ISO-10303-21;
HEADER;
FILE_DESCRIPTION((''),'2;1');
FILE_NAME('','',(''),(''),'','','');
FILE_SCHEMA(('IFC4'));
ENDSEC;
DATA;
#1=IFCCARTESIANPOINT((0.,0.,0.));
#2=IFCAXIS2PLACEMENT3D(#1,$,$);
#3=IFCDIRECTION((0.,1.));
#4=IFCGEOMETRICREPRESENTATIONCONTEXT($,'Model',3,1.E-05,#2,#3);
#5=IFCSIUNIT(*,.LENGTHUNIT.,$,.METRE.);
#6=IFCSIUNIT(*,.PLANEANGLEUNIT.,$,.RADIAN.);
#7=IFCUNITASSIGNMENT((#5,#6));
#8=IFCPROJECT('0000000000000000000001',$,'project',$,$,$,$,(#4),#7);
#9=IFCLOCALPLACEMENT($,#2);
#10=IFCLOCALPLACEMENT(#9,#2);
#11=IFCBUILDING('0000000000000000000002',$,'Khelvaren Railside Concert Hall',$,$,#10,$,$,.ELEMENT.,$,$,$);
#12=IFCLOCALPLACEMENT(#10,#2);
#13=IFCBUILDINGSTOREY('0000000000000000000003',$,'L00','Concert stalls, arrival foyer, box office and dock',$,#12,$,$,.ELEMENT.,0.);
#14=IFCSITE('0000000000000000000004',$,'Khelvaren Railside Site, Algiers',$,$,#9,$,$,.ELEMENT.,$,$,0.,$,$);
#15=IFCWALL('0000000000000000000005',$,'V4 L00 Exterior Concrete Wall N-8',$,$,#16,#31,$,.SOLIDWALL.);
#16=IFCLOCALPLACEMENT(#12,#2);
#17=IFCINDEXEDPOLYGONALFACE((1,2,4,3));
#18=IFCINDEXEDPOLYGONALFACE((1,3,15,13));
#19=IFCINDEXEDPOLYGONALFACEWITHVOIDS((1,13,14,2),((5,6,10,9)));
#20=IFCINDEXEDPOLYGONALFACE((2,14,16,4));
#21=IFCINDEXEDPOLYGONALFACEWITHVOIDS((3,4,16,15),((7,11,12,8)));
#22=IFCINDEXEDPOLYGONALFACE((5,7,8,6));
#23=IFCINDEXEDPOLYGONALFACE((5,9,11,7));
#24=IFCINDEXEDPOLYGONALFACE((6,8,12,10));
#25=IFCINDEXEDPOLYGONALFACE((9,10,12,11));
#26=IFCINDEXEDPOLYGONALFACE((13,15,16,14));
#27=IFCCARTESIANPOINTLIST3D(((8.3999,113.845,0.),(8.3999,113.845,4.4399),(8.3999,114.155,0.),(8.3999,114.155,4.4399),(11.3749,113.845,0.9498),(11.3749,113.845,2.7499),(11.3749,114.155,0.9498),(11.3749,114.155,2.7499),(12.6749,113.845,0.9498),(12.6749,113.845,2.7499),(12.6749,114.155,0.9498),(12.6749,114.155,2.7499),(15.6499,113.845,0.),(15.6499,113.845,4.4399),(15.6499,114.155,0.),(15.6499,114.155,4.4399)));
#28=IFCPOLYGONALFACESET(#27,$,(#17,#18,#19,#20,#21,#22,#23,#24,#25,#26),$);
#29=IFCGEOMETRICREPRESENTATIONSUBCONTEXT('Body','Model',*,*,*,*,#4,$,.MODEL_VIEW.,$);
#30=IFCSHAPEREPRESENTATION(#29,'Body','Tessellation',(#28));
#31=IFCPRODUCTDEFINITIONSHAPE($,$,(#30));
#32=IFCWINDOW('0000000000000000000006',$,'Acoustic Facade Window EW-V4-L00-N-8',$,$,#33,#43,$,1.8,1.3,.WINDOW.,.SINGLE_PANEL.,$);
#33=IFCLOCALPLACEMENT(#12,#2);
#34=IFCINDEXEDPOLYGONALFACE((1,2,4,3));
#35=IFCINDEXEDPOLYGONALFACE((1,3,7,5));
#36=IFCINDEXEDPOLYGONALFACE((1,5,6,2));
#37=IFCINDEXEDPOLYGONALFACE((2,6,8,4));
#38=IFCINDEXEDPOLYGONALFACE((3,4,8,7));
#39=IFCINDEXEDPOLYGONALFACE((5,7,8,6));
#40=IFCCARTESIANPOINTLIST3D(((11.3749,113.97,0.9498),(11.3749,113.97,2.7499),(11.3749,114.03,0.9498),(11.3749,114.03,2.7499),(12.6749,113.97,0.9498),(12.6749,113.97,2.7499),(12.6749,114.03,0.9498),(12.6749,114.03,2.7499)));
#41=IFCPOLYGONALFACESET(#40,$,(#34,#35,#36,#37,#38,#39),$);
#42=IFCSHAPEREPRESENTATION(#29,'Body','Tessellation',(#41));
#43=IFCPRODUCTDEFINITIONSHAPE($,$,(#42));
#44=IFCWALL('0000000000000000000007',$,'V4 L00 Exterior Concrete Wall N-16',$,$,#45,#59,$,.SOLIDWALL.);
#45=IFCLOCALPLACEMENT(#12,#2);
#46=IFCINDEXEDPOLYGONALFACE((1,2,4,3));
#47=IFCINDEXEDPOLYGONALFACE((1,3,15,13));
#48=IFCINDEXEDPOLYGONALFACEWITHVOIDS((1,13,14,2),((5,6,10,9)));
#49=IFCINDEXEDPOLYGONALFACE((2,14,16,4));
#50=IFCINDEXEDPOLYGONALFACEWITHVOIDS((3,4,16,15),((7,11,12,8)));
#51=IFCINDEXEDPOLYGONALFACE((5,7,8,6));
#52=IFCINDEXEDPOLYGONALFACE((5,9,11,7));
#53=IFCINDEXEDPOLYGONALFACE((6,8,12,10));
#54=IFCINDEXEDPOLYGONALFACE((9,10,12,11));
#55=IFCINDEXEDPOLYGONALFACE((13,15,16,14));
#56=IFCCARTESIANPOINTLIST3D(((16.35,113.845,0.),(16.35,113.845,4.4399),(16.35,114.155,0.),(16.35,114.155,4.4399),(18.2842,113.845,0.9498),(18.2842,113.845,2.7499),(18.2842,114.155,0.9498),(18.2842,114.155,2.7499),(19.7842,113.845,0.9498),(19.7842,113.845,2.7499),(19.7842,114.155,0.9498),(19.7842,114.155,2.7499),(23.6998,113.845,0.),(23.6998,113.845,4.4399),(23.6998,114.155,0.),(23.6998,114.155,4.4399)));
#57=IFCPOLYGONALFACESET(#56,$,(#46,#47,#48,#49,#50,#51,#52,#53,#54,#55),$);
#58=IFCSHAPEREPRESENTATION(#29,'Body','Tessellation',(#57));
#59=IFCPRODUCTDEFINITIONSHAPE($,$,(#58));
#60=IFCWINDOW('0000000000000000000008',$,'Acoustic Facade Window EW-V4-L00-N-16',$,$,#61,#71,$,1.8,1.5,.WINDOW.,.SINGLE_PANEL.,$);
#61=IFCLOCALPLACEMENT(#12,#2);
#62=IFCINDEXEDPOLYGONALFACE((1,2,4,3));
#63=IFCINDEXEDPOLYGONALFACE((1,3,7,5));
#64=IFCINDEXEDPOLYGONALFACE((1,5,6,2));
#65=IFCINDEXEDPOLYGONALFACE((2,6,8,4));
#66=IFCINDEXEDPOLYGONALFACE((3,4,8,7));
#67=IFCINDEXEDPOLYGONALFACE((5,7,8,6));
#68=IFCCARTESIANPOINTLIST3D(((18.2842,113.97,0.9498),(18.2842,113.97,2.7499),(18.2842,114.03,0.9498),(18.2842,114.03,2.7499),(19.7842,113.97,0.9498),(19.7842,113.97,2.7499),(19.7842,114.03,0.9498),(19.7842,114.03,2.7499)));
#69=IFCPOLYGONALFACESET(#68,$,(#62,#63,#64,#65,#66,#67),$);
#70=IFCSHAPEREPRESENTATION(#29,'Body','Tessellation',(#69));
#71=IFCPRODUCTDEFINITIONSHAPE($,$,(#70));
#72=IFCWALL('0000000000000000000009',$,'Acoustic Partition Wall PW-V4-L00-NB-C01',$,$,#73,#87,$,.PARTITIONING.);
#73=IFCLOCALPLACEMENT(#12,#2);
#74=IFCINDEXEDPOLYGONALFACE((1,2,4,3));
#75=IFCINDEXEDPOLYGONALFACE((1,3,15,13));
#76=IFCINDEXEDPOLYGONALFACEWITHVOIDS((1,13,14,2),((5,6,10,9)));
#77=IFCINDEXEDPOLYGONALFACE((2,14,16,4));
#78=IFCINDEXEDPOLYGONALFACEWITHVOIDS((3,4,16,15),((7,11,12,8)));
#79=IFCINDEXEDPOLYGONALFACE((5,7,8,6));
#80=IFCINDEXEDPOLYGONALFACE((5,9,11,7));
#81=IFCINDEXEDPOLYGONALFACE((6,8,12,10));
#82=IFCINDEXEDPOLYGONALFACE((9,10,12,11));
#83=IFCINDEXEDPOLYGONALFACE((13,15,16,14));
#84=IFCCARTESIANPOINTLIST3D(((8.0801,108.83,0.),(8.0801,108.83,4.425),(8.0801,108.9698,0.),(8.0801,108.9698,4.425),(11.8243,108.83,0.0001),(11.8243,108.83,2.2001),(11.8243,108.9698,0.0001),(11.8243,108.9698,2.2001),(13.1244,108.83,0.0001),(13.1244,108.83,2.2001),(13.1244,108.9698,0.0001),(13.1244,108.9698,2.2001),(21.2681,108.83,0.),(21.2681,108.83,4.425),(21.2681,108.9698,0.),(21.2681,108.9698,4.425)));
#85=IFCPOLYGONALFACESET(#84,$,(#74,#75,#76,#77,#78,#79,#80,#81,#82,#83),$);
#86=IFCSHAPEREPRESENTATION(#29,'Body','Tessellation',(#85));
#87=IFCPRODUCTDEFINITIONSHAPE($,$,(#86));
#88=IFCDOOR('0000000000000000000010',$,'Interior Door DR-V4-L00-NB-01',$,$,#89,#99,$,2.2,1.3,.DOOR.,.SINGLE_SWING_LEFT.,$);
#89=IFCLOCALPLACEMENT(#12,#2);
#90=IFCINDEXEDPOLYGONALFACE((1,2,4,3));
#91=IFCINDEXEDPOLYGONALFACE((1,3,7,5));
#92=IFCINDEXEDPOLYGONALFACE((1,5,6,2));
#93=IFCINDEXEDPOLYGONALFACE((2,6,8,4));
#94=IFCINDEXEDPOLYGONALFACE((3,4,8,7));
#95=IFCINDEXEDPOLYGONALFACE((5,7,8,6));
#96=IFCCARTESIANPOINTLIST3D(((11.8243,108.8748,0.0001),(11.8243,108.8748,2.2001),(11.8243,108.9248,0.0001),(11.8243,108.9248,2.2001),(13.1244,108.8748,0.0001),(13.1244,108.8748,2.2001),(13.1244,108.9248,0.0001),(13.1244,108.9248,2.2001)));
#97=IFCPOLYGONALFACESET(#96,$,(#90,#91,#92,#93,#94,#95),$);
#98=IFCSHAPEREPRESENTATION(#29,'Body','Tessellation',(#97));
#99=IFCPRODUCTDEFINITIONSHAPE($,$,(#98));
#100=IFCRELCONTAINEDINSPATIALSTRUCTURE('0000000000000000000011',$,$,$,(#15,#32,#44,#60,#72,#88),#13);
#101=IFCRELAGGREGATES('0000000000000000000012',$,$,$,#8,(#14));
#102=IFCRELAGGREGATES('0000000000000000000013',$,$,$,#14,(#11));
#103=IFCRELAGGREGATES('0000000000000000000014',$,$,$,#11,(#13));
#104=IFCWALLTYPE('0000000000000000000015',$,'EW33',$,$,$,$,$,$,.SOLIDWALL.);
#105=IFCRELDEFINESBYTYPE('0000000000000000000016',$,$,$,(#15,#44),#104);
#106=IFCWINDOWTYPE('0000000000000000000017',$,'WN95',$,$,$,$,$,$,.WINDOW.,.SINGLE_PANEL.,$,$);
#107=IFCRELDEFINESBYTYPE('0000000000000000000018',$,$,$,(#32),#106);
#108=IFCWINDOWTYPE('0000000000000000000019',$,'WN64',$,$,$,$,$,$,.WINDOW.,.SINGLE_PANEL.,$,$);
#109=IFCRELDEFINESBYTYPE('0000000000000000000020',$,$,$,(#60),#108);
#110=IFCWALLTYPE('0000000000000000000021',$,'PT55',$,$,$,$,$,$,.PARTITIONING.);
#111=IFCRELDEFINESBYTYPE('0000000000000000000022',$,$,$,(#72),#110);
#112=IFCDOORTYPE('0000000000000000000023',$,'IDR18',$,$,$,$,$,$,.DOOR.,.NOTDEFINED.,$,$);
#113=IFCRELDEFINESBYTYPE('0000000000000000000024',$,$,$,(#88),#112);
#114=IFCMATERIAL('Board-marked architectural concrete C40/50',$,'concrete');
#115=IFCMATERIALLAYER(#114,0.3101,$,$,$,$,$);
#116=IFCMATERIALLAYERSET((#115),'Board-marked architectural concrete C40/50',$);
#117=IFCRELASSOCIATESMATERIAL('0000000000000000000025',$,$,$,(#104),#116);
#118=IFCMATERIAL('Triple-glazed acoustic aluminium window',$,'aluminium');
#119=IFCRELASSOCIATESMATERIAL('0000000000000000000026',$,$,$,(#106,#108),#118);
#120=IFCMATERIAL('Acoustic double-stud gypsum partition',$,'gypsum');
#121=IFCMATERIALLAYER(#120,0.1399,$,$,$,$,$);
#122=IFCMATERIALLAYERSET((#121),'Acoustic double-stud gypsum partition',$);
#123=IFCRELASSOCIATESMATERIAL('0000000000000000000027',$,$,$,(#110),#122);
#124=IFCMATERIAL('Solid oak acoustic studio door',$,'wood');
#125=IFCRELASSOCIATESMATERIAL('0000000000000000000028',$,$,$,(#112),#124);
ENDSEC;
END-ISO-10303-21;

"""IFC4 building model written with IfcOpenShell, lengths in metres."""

from ifc_helpers import new_model, si_unit, direction, frame, frame_2d, origin, place, context, subcontext, project, spatial, rectangle, extrude, material, layer, layer_set, type_object, element, fill, save


model = new_model("IFC4")

# Units and contexts
model_context = context("Model", 3, precision=1e-05, world=origin(), true_north=direction((0.0, 1.0)))
body_context = subcontext(model_context, "Body", "Model", "MODEL_VIEW")
ifc_project = project(units=[si_unit("LENGTHUNIT", "METRE"), si_unit("PLANEANGLEUNIT", "RADIAN")], contexts=[model_context])

# Site, building, storey
site_placement = place(None, origin())
site = spatial("IfcSite", under=ifc_project, at=site_placement, Name="Khelvaren Railside Site, Algiers", CompositionType="ELEMENT", RefElevation=0.0)
building_placement = place(site_placement, origin())
building = spatial("IfcBuilding", under=site, at=building_placement, Name="Khelvaren Railside Concert Hall", CompositionType="ELEMENT")
storey_placement = place(building_placement, origin())
storey = spatial("IfcBuildingStorey", under=building, at=storey_placement, Name="L00", Description="Concert stalls, arrival foyer, box office and dock", CompositionType="ELEMENT", Elevation=0.0)

# Walls, openings, windows
ifc_material_1 = material(Name="Board-marked architectural concrete C40/50", Category="concrete")
ifc_layer_1 = layer(ifc_material_1, 0.3101)
ifc_layer_set_1 = layer_set([ifc_layer_1], Name="Board-marked architectural concrete C40/50")
wall_type_1 = type_object("IfcWallType", Name="EW33", PredefinedType="SOLIDWALL", material=ifc_layer_set_1)
wall_1_placement = place(storey_placement, frame((8.3999, 114.0, 0.0), z_axis=(0.0, 0.0, 1.0), x_axis=(1.0, 0.0, 0.0)))
wall_1 = element("IfcWall", 1, at=wall_1_placement, inside=storey, type_object=wall_type_1, Name="V4 L00 Exterior Concrete Wall N-8", PredefinedType="SOLIDWALL", context=body_context, shape_type="SweptSolid", body=[
    extrude(rectangle(XDim=7.25, YDim=0.3101, at=frame_2d((3.625, 0.0))), origin(), (0.0, 0.0, 1.0), 4.4399),
])
opening_1_placement = place(wall_1_placement, frame((2.9751, 0.0, 0.95)))
opening_1 = element("IfcOpeningElement", 2, at=opening_1_placement, cuts=wall_1, PredefinedType="OPENING", context=body_context, shape_type="SweptSolid", body=[
    extrude(rectangle(XDim=1.3, YDim=1.8, at=frame_2d((0.6499, 0.8999))), frame((0.0, 0.165, 0.0), z_axis=(0.0, -1.0, 0.0), x_axis=(1.0, 0.0, 0.0)), (0.0, 0.0, 1.0), 0.3301),
])
ifc_material_2 = material(Name="Triple-glazed acoustic aluminium window", Category="aluminium")
window_type_1 = type_object("IfcWindowType", Name="WN95", PartitioningType="SINGLE_PANEL", PredefinedType="WINDOW", material=ifc_material_2)
window_1_placement = place(opening_1_placement, origin())
window_1 = element("IfcWindow", 3, at=window_1_placement, inside=storey, type_object=window_type_1, Name="Acoustic Facade Window EW-V4-L00-N-8", OverallHeight=1.8, OverallWidth=1.3, PartitioningType="SINGLE_PANEL", PredefinedType="WINDOW", context=body_context, shape_type="SweptSolid", body=[
    extrude(rectangle(XDim=1.3, YDim=1.8, at=frame_2d((0.6499, 0.8999))), frame((0.0, 0.03, 0.0), z_axis=(0.0, -1.0, 0.0), x_axis=(1.0, 0.0, 0.0)), (0.0, 0.0, 1.0), 0.0601),
])
fill(opening_1, window_1)
wall_2_placement = place(storey_placement, frame((16.3501, 114.0, 0.0), z_axis=(0.0, 0.0, 1.0), x_axis=(1.0, 0.0, 0.0)))
wall_2 = element("IfcWall", 4, at=wall_2_placement, inside=storey, type_object=wall_type_1, Name="V4 L00 Exterior Concrete Wall N-16", PredefinedType="SOLIDWALL", context=body_context, shape_type="SweptSolid", body=[
    extrude(rectangle(XDim=7.3499, YDim=0.3101, at=frame_2d((3.6748, 0.0))), origin(), (0.0, 0.0, 1.0), 4.4399),
])
opening_2_placement = place(wall_2_placement, frame((1.9341, 0.0, 0.95)))
opening_2 = element("IfcOpeningElement", 5, at=opening_2_placement, cuts=wall_2, PredefinedType="OPENING", context=body_context, shape_type="SweptSolid", body=[
    extrude(rectangle(XDim=1.5, YDim=1.8, at=frame_2d((0.75, 0.8999))), frame((0.0, 0.165, 0.0), z_axis=(0.0, -1.0, 0.0), x_axis=(1.0, 0.0, 0.0)), (0.0, 0.0, 1.0), 0.3301),
])
window_type_2 = type_object("IfcWindowType", Name="WN64", PartitioningType="SINGLE_PANEL", PredefinedType="WINDOW", material=ifc_material_2)
window_2_placement = place(opening_2_placement, origin())
window_2 = element("IfcWindow", 6, at=window_2_placement, inside=storey, type_object=window_type_2, Name="Acoustic Facade Window EW-V4-L00-N-16", OverallHeight=1.8, OverallWidth=1.5, PartitioningType="SINGLE_PANEL", PredefinedType="WINDOW", context=body_context, shape_type="SweptSolid", body=[
    extrude(rectangle(XDim=1.5, YDim=1.8, at=frame_2d((0.75, 0.8999))), frame((0.0, 0.03, 0.0), z_axis=(0.0, -1.0, 0.0), x_axis=(1.0, 0.0, 0.0)), (0.0, 0.0, 1.0), 0.0601),
])
fill(opening_2, window_2)

# Wall, opening, door
ifc_material_3 = material(Name="Acoustic double-stud gypsum partition", Category="gypsum")
ifc_layer_2 = layer(ifc_material_3, 0.1399)
ifc_layer_set_2 = layer_set([ifc_layer_2], Name="Acoustic double-stud gypsum partition")
wall_type_2 = type_object("IfcWallType", Name="PT55", PredefinedType="PARTITIONING", material=ifc_layer_set_2)
wall_3_placement = place(storey_placement, frame((8.0801, 108.8999, 0.0), z_axis=(0.0, 0.0, 1.0), x_axis=(1.0, 0.0, 0.0)))
wall_3 = element("IfcWall", 7, at=wall_3_placement, inside=storey, type_object=wall_type_2, Name="Acoustic Partition Wall PW-V4-L00-NB-C01", PredefinedType="PARTITIONING", context=body_context, shape_type="SweptSolid", body=[
    extrude(rectangle(XDim=13.188, YDim=0.1399, at=frame_2d((6.594, 0.0))), origin(), (0.0, 0.0, 1.0), 4.425),
])
opening_3_placement = place(wall_3_placement, frame((3.7444, 0.0, 0.0)))
opening_3 = element("IfcOpeningElement", 8, at=opening_3_placement, cuts=wall_3, PredefinedType="OPENING", context=body_context, shape_type="SweptSolid", body=[
    extrude(rectangle(XDim=1.3, YDim=2.2, at=frame_2d((0.6499, 1.1001))), frame((0.0, 0.0798, 0.0), z_axis=(0.0, -1.0, 0.0), x_axis=(1.0, 0.0, 0.0)), (0.0, 0.0, 1.0), 0.1599),
])
ifc_material_4 = material(Name="Solid oak acoustic studio door", Category="wood")
door_type_1 = type_object("IfcDoorType", Name="IDR18", OperationType="NOTDEFINED", PredefinedType="DOOR", material=ifc_material_4)
door_1_placement = place(opening_3_placement, origin())
door_1 = element("IfcDoor", 9, at=door_1_placement, inside=storey, type_object=door_type_1, Name="Interior Door DR-V4-L00-NB-01", OperationType="SINGLE_SWING_LEFT", OverallHeight=2.2, OverallWidth=1.3, PredefinedType="DOOR", context=body_context, shape_type="SweptSolid", body=[
    extrude(rectangle(XDim=1.3, YDim=2.2, at=frame_2d((0.6499, 1.1001))), frame((0.0, 0.0249, 0.0), z_axis=(0.0, -1.0, 0.0), x_axis=(1.0, 0.0, 0.0)), (0.0, 0.0, 1.0), 0.05),
])
fill(opening_3, door_1)

save(model, "model.ifc")
